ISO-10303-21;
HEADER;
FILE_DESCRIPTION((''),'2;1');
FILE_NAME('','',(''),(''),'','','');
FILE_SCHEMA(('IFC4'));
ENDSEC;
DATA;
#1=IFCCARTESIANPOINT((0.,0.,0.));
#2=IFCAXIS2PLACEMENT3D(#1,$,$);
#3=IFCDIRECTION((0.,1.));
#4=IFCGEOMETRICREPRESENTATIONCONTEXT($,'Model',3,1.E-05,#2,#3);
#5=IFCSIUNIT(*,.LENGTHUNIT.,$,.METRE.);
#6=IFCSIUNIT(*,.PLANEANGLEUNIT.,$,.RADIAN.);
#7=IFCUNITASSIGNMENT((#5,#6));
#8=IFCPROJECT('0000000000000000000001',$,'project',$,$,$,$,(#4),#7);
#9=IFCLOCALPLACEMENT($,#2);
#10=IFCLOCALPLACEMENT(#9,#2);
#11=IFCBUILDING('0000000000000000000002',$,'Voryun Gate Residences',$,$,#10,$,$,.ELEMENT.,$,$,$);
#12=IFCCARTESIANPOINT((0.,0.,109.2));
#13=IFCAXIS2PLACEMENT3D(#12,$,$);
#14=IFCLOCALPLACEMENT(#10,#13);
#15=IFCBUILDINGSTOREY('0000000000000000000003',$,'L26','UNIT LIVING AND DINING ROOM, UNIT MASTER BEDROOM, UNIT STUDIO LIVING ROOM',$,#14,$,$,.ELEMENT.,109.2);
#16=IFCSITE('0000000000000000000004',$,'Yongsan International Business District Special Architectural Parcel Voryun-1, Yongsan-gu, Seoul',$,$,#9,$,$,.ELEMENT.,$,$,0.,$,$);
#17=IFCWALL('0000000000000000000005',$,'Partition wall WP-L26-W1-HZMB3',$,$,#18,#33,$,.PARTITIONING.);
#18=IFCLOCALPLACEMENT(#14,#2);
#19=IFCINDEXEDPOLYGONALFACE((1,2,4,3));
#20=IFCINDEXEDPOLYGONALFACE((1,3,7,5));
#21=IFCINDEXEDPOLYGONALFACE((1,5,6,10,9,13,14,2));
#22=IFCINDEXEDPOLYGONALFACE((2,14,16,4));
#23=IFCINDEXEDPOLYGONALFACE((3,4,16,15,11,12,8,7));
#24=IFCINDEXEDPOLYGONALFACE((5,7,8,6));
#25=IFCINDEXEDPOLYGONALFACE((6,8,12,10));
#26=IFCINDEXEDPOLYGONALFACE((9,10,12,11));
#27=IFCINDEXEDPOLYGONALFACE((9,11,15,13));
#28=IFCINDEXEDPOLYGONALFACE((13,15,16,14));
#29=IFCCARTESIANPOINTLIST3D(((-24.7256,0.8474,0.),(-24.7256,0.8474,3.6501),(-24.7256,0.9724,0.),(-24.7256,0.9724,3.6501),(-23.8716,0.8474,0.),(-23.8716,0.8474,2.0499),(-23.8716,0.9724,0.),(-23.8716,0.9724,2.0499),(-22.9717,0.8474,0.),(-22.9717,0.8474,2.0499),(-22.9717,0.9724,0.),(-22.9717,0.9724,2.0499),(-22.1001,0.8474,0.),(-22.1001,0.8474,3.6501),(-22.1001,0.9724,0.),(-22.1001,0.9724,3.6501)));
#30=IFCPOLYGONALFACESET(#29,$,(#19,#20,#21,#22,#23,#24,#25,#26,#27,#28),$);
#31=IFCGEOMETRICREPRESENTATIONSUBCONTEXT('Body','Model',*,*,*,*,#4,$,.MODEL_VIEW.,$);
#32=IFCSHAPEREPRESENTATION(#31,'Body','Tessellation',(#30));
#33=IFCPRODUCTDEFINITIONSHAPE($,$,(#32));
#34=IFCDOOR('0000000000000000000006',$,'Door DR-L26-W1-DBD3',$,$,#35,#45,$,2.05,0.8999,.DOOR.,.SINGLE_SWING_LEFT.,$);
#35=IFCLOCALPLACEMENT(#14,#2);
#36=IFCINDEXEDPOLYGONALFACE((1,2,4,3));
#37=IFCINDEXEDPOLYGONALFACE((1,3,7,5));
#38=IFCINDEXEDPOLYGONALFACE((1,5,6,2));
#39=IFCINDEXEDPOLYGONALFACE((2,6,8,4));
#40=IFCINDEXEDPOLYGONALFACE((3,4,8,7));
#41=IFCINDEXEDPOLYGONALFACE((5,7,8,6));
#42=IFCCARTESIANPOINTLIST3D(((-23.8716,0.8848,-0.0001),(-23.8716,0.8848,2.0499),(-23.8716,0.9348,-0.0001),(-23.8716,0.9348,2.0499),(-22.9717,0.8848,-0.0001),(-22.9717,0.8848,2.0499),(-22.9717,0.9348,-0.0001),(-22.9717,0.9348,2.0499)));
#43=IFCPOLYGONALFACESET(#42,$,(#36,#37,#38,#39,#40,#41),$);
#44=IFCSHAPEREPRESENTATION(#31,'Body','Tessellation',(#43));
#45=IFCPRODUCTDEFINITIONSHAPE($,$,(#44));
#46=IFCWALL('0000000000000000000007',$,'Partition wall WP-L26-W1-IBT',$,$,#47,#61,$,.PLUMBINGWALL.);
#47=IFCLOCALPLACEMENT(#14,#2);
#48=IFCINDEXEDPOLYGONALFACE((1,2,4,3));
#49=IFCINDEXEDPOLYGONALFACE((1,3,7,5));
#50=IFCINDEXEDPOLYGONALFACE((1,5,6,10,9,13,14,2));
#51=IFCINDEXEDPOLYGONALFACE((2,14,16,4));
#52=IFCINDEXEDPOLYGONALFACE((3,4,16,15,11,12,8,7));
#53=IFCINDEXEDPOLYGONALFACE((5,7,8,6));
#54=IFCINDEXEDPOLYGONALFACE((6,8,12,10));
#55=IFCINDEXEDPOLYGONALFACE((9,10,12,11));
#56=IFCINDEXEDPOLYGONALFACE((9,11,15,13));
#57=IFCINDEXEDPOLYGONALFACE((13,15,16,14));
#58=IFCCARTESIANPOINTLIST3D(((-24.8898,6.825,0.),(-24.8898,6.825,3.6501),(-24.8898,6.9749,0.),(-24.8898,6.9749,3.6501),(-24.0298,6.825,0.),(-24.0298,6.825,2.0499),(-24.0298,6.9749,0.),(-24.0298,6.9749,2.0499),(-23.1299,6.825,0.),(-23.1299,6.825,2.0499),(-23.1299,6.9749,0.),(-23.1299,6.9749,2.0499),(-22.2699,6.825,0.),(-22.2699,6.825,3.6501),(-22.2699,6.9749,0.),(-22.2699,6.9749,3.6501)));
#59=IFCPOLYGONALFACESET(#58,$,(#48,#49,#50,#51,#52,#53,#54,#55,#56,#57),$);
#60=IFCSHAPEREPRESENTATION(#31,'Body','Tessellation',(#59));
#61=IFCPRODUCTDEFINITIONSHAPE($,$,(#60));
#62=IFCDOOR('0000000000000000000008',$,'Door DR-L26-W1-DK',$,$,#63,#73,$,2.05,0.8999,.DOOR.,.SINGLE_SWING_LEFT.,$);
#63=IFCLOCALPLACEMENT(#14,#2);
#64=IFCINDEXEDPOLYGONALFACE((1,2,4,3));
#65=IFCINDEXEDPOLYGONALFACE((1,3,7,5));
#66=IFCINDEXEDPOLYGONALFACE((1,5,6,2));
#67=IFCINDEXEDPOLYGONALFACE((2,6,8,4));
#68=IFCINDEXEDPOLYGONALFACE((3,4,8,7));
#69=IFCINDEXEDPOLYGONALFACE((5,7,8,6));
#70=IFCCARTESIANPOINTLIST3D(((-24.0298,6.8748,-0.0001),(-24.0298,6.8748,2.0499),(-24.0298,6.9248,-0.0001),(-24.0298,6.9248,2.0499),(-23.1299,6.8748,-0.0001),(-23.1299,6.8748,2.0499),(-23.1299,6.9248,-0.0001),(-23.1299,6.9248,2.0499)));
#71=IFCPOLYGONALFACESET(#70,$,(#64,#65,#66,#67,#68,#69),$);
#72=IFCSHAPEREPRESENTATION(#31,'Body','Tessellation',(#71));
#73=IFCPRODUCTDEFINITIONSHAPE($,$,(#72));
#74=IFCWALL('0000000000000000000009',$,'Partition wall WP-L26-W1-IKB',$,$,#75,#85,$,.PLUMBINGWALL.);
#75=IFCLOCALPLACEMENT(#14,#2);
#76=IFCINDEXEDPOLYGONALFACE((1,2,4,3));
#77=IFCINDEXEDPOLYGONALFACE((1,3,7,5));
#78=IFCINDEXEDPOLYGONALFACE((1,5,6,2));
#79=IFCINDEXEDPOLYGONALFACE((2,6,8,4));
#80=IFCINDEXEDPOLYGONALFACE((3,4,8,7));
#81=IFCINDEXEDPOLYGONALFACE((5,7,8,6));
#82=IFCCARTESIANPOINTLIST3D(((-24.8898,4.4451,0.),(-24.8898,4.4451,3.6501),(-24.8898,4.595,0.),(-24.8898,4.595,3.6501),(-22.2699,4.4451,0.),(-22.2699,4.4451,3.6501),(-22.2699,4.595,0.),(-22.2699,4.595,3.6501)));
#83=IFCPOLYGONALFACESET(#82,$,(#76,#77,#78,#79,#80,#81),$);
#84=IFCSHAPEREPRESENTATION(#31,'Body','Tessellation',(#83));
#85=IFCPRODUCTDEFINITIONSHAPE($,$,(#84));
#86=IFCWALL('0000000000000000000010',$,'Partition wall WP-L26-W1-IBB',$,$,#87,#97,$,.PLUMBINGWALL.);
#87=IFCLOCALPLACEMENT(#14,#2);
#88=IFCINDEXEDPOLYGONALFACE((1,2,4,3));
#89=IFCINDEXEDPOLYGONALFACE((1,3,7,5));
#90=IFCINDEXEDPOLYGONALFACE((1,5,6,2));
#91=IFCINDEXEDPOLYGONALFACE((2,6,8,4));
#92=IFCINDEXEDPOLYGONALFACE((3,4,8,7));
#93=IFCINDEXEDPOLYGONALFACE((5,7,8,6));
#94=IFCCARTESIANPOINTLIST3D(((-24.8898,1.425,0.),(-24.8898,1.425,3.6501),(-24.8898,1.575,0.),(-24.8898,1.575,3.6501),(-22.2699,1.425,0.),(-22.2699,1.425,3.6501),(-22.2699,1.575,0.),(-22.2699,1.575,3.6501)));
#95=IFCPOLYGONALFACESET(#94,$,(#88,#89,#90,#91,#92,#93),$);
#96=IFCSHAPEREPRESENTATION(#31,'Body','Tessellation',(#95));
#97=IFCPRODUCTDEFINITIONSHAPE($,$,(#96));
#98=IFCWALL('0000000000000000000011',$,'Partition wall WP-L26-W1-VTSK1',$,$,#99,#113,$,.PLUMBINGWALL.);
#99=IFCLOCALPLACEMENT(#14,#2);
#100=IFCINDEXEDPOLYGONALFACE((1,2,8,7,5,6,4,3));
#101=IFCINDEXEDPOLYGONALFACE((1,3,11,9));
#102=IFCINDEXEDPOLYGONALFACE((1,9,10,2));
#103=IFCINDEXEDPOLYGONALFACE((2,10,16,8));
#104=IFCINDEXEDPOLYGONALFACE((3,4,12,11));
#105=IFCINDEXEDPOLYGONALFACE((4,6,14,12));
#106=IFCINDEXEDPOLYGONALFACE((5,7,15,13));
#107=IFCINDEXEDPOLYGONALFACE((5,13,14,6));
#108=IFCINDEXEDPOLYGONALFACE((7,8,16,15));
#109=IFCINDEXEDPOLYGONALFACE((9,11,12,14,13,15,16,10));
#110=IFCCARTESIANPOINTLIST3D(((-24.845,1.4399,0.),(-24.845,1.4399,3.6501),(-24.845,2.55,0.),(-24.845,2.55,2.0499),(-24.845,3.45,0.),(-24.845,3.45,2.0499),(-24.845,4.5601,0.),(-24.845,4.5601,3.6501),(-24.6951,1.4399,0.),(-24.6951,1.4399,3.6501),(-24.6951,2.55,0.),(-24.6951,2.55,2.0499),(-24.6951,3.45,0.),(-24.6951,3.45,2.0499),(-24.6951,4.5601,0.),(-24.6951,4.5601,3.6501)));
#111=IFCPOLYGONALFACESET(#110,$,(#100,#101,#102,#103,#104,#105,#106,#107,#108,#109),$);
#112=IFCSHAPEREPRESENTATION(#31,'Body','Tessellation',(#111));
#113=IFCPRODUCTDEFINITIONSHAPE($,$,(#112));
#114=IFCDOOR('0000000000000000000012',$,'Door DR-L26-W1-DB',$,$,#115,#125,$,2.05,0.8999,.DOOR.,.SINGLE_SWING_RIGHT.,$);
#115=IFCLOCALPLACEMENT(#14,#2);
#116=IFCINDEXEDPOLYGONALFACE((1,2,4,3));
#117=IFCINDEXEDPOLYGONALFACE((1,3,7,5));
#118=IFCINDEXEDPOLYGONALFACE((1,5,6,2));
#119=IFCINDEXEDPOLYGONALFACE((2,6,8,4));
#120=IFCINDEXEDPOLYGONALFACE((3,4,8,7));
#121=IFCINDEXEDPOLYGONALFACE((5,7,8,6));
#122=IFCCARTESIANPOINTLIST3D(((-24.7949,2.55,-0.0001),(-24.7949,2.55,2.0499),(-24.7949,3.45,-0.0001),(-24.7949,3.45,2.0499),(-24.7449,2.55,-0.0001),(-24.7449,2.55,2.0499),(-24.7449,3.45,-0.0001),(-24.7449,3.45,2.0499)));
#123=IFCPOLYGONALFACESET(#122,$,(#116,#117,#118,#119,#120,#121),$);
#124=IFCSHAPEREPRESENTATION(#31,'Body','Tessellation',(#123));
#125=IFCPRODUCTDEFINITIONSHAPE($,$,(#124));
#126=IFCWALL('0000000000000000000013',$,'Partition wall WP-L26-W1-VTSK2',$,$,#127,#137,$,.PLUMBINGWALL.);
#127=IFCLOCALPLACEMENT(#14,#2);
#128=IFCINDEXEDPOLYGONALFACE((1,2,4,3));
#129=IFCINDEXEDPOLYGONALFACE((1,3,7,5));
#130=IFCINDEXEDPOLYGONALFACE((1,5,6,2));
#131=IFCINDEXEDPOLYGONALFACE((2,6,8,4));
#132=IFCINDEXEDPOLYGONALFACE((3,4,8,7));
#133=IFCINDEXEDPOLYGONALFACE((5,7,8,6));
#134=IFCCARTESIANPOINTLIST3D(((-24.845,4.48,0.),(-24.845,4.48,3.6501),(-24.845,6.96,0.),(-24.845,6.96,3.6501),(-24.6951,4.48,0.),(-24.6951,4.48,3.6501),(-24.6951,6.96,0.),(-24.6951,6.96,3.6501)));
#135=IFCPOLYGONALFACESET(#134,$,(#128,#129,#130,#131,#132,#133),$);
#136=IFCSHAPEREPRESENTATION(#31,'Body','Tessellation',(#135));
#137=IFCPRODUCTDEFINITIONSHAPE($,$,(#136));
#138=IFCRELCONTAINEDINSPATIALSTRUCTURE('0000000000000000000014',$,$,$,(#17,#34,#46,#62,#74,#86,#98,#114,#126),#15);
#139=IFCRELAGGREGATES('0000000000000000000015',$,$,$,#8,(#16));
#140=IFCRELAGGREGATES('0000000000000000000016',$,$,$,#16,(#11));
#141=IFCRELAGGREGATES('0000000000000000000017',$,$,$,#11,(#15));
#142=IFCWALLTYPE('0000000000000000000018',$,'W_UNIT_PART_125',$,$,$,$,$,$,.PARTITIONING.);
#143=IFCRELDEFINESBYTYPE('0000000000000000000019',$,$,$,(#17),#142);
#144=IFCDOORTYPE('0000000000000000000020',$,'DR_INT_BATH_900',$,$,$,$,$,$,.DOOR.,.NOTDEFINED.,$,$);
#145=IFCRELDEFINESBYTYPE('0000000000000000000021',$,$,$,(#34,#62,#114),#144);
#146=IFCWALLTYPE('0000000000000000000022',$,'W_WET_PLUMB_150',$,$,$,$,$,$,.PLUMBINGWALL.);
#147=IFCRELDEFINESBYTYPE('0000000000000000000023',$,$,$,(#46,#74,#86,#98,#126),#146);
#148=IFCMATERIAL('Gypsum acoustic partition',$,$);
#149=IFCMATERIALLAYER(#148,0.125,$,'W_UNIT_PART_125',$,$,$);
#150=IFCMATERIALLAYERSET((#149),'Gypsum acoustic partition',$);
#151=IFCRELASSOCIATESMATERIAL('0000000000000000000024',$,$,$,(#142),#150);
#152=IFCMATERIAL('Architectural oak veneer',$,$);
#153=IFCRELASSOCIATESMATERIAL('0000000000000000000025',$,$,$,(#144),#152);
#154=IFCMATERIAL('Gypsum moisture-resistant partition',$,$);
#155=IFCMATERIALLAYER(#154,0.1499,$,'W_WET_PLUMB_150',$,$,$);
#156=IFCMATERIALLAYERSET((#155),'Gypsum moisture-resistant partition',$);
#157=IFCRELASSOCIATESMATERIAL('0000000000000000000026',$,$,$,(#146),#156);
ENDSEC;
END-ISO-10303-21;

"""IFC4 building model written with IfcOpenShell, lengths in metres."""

from ifc_helpers import new_model, si_unit, direction, frame, frame_2d, origin, place, context, subcontext, project, spatial, rectangle, extrude, material, layer, layer_set, type_object, element, fill, save


model = new_model("IFC4")

# Units and contexts
model_context = context("Model", 3, precision=1e-05, world=origin(), true_north=direction((0.0, 1.0)))
body_context = subcontext(model_context, "Body", "Model", "MODEL_VIEW")
ifc_project = project(units=[si_unit("LENGTHUNIT", "METRE"), si_unit("PLANEANGLEUNIT", "RADIAN")], contexts=[model_context])

# Site, building, storey
site_placement = place(None, origin())
site = spatial("IfcSite", under=ifc_project, at=site_placement, Name="Yongsan International Business District Special Architectural Parcel Voryun-1, Yongsan-gu, Seoul", CompositionType="ELEMENT", RefElevation=0.0)
building_placement = place(site_placement, origin())
building = spatial("IfcBuilding", under=site, at=building_placement, Name="Voryun Gate Residences", CompositionType="ELEMENT")
storey_placement = place(building_placement, frame((0.0, 0.0, 109.2)))
storey = spatial("IfcBuildingStorey", under=building, at=storey_placement, Name="L26", Description="UNIT LIVING AND DINING ROOM, UNIT MASTER BEDROOM, UNIT STUDIO LIVING ROOM", CompositionType="ELEMENT", Elevation=109.2)

# Walls, openings, doors
ifc_material_1 = material(Name="Gypsum acoustic partition")
ifc_layer_1 = layer(ifc_material_1, 0.125, Name="W_UNIT_PART_125")
ifc_layer_set_1 = layer_set([ifc_layer_1], Name="Gypsum acoustic partition")
wall_type_1 = type_object("IfcWallType", Name="W_UNIT_PART_125", PredefinedType="PARTITIONING", material=ifc_layer_set_1)
ifc_material_2 = material(Name="Architectural oak veneer")
door_type_1 = type_object("IfcDoorType", Name="DR_INT_BATH_900", OperationType="NOTDEFINED", PredefinedType="DOOR", material=ifc_material_2)
wall_1_placement = place(storey_placement, frame((-24.7256, 0.9099, 0.0), z_axis=(0.0, 0.0, 1.0), x_axis=(1.0, 0.0, 0.0)))
wall_1 = element("IfcWall", 1, at=wall_1_placement, inside=storey, type_object=wall_type_1, Name="Partition wall WP-L26-W1-HZMB3", PredefinedType="PARTITIONING", context=body_context, shape_type="SweptSolid", body=[
    extrude(rectangle(XDim=2.6255, YDim=0.125, at=frame_2d((1.3127, 0.0))), origin(), (0.0, 0.0, 1.0), 3.6501),
])
opening_1_placement = place(wall_1_placement, frame((0.854, 0.0, 0.0)))
opening_1 = element("IfcOpeningElement", 2, at=opening_1_placement, cuts=wall_1, PredefinedType="OPENING", context=body_context, shape_type="SweptSolid", body=[
    extrude(rectangle(XDim=0.8999, YDim=2.05, at=frame_2d((0.45, 1.0249))), frame((0.0, 0.0725, 0.0), z_axis=(0.0, -1.0, 0.0), x_axis=(1.0, 0.0, 0.0)), (0.0, 0.0, 1.0), 0.145),
])
door_1_placement = place(opening_1_placement, origin())
door_1 = element("IfcDoor", 3, at=door_1_placement, inside=storey, type_object=door_type_1, Name="Door DR-L26-W1-DBD3", OperationType="SINGLE_SWING_LEFT", OverallHeight=2.05, OverallWidth=0.8999, PredefinedType="DOOR", context=body_context, shape_type="SweptSolid", body=[
    extrude(rectangle(XDim=0.8999, YDim=2.05, at=frame_2d((0.45, 1.0249))), frame((0.0, 0.0249, 0.0), z_axis=(0.0, -1.0, 0.0), x_axis=(1.0, 0.0, 0.0)), (0.0, 0.0, 1.0), 0.05),
])
fill(opening_1, door_1)
ifc_material_3 = material(Name="Gypsum moisture-resistant partition")
ifc_layer_2 = layer(ifc_material_3, 0.1499, Name="W_WET_PLUMB_150")
ifc_layer_set_2 = layer_set([ifc_layer_2], Name="Gypsum moisture-resistant partition")
wall_type_2 = type_object("IfcWallType", Name="W_WET_PLUMB_150", PredefinedType="PLUMBINGWALL", material=ifc_layer_set_2)
wall_2_placement = place(storey_placement, frame((-24.8899, 6.8999, 0.0), z_axis=(0.0, 0.0, 1.0), x_axis=(1.0, 0.0, 0.0)))
wall_2 = element("IfcWall", 4, at=wall_2_placement, inside=storey, type_object=wall_type_2, Name="Partition wall WP-L26-W1-IBT", PredefinedType="PLUMBINGWALL", context=body_context, shape_type="SweptSolid", body=[
    extrude(rectangle(XDim=2.6199, YDim=0.1499, at=frame_2d((1.3101, 0.0))), origin(), (0.0, 0.0, 1.0), 3.6501),
])
opening_2_placement = place(wall_2_placement, frame((0.8601, 0.0, 0.0)))
opening_2 = element("IfcOpeningElement", 5, at=opening_2_placement, cuts=wall_2, PredefinedType="OPENING", context=body_context, shape_type="SweptSolid", body=[
    extrude(rectangle(XDim=0.8999, YDim=2.05, at=frame_2d((0.45, 1.0249))), frame((0.0, 0.085, 0.0), z_axis=(0.0, -1.0, 0.0), x_axis=(1.0, 0.0, 0.0)), (0.0, 0.0, 1.0), 0.1699),
])
door_2_placement = place(opening_2_placement, origin())
door_2 = element("IfcDoor", 6, at=door_2_placement, inside=storey, type_object=door_type_1, Name="Door DR-L26-W1-DK", OperationType="SINGLE_SWING_LEFT", OverallHeight=2.05, OverallWidth=0.8999, PredefinedType="DOOR", context=body_context, shape_type="SweptSolid", body=[
    extrude(rectangle(XDim=0.8999, YDim=2.05, at=frame_2d((0.45, 1.0249))), frame((0.0, 0.0249, 0.0), z_axis=(0.0, -1.0, 0.0), x_axis=(1.0, 0.0, 0.0)), (0.0, 0.0, 1.0), 0.05),
])
fill(opening_2, door_2)

# Walls
for number, where, z_axis, x_axis, name in (
    (7, (-24.8899, 4.52, 0.0), (0.0, 0.0, 1.0), (1.0, 0.0, 0.0), "Partition wall WP-L26-W1-IKB"),
    (8, (-24.8899, 1.5, 0.0), (0.0, 0.0, 1.0), (1.0, 0.0, 0.0), "Partition wall WP-L26-W1-IBB"),
):
    element("IfcWall", number, at=place(storey_placement, frame(where, z_axis=z_axis, x_axis=x_axis)), inside=storey, type_object=wall_type_2, Name=name, PredefinedType="PLUMBINGWALL", context=body_context, shape_type="SweptSolid", body=[
        extrude(rectangle(XDim=2.6199, YDim=0.1499, at=frame_2d((1.3101, 0.0))), origin(), (0.0, 0.0, 1.0), 3.6501),
    ])

# Wall, opening, door
wall_3_placement = place(storey_placement, frame((-24.77, 1.4399, 0.0), z_axis=(0.0, 0.0, 1.0), x_axis=(0.0, 1.0, 0.0)))
wall_3 = element("IfcWall", 9, at=wall_3_placement, inside=storey, type_object=wall_type_2, Name="Partition wall WP-L26-W1-VTSK1", PredefinedType="PLUMBINGWALL", context=body_context, shape_type="SweptSolid", body=[
    extrude(rectangle(XDim=3.1201, YDim=0.1499, at=frame_2d((1.5601, 0.0))), origin(), (0.0, 0.0, 1.0), 3.6501),
])
opening_3_placement = place(wall_3_placement, frame((1.1101, 0.0, 0.0)))
opening_3 = element("IfcOpeningElement", 10, at=opening_3_placement, cuts=wall_3, PredefinedType="OPENING", context=body_context, shape_type="SweptSolid", body=[
    extrude(rectangle(XDim=0.8999, YDim=2.05, at=frame_2d((0.45, 1.0249))), frame((0.0, 0.085, 0.0), z_axis=(0.0, -1.0, 0.0), x_axis=(1.0, 0.0, 0.0)), (0.0, 0.0, 1.0), 0.1699),
])
door_3_placement = place(opening_3_placement, origin())
door_3 = element("IfcDoor", 11, at=door_3_placement, inside=storey, type_object=door_type_1, Name="Door DR-L26-W1-DB", OperationType="SINGLE_SWING_RIGHT", OverallHeight=2.05, OverallWidth=0.8999, PredefinedType="DOOR", context=body_context, shape_type="SweptSolid", body=[
    extrude(rectangle(XDim=0.8999, YDim=2.05, at=frame_2d((0.45, 1.0249))), frame((0.0, 0.0249, 0.0), z_axis=(0.0, -1.0, 0.0), x_axis=(1.0, 0.0, 0.0)), (0.0, 0.0, 1.0), 0.05),
])
fill(opening_3, door_3)

# Wall
wall_4_placement = place(storey_placement, frame((-24.77, 4.48, 0.0), z_axis=(0.0, 0.0, 1.0), x_axis=(0.0, 1.0, 0.0)))
element("IfcWall", 12, at=wall_4_placement, inside=storey, type_object=wall_type_2, Name="Partition wall WP-L26-W1-VTSK2", PredefinedType="PLUMBINGWALL", context=body_context, shape_type="SweptSolid", body=[
    extrude(rectangle(XDim=2.48, YDim=0.1499, at=frame_2d((1.24, 0.0))), origin(), (0.0, 0.0, 1.0), 3.6501),
])

save(model, "model.ifc")
